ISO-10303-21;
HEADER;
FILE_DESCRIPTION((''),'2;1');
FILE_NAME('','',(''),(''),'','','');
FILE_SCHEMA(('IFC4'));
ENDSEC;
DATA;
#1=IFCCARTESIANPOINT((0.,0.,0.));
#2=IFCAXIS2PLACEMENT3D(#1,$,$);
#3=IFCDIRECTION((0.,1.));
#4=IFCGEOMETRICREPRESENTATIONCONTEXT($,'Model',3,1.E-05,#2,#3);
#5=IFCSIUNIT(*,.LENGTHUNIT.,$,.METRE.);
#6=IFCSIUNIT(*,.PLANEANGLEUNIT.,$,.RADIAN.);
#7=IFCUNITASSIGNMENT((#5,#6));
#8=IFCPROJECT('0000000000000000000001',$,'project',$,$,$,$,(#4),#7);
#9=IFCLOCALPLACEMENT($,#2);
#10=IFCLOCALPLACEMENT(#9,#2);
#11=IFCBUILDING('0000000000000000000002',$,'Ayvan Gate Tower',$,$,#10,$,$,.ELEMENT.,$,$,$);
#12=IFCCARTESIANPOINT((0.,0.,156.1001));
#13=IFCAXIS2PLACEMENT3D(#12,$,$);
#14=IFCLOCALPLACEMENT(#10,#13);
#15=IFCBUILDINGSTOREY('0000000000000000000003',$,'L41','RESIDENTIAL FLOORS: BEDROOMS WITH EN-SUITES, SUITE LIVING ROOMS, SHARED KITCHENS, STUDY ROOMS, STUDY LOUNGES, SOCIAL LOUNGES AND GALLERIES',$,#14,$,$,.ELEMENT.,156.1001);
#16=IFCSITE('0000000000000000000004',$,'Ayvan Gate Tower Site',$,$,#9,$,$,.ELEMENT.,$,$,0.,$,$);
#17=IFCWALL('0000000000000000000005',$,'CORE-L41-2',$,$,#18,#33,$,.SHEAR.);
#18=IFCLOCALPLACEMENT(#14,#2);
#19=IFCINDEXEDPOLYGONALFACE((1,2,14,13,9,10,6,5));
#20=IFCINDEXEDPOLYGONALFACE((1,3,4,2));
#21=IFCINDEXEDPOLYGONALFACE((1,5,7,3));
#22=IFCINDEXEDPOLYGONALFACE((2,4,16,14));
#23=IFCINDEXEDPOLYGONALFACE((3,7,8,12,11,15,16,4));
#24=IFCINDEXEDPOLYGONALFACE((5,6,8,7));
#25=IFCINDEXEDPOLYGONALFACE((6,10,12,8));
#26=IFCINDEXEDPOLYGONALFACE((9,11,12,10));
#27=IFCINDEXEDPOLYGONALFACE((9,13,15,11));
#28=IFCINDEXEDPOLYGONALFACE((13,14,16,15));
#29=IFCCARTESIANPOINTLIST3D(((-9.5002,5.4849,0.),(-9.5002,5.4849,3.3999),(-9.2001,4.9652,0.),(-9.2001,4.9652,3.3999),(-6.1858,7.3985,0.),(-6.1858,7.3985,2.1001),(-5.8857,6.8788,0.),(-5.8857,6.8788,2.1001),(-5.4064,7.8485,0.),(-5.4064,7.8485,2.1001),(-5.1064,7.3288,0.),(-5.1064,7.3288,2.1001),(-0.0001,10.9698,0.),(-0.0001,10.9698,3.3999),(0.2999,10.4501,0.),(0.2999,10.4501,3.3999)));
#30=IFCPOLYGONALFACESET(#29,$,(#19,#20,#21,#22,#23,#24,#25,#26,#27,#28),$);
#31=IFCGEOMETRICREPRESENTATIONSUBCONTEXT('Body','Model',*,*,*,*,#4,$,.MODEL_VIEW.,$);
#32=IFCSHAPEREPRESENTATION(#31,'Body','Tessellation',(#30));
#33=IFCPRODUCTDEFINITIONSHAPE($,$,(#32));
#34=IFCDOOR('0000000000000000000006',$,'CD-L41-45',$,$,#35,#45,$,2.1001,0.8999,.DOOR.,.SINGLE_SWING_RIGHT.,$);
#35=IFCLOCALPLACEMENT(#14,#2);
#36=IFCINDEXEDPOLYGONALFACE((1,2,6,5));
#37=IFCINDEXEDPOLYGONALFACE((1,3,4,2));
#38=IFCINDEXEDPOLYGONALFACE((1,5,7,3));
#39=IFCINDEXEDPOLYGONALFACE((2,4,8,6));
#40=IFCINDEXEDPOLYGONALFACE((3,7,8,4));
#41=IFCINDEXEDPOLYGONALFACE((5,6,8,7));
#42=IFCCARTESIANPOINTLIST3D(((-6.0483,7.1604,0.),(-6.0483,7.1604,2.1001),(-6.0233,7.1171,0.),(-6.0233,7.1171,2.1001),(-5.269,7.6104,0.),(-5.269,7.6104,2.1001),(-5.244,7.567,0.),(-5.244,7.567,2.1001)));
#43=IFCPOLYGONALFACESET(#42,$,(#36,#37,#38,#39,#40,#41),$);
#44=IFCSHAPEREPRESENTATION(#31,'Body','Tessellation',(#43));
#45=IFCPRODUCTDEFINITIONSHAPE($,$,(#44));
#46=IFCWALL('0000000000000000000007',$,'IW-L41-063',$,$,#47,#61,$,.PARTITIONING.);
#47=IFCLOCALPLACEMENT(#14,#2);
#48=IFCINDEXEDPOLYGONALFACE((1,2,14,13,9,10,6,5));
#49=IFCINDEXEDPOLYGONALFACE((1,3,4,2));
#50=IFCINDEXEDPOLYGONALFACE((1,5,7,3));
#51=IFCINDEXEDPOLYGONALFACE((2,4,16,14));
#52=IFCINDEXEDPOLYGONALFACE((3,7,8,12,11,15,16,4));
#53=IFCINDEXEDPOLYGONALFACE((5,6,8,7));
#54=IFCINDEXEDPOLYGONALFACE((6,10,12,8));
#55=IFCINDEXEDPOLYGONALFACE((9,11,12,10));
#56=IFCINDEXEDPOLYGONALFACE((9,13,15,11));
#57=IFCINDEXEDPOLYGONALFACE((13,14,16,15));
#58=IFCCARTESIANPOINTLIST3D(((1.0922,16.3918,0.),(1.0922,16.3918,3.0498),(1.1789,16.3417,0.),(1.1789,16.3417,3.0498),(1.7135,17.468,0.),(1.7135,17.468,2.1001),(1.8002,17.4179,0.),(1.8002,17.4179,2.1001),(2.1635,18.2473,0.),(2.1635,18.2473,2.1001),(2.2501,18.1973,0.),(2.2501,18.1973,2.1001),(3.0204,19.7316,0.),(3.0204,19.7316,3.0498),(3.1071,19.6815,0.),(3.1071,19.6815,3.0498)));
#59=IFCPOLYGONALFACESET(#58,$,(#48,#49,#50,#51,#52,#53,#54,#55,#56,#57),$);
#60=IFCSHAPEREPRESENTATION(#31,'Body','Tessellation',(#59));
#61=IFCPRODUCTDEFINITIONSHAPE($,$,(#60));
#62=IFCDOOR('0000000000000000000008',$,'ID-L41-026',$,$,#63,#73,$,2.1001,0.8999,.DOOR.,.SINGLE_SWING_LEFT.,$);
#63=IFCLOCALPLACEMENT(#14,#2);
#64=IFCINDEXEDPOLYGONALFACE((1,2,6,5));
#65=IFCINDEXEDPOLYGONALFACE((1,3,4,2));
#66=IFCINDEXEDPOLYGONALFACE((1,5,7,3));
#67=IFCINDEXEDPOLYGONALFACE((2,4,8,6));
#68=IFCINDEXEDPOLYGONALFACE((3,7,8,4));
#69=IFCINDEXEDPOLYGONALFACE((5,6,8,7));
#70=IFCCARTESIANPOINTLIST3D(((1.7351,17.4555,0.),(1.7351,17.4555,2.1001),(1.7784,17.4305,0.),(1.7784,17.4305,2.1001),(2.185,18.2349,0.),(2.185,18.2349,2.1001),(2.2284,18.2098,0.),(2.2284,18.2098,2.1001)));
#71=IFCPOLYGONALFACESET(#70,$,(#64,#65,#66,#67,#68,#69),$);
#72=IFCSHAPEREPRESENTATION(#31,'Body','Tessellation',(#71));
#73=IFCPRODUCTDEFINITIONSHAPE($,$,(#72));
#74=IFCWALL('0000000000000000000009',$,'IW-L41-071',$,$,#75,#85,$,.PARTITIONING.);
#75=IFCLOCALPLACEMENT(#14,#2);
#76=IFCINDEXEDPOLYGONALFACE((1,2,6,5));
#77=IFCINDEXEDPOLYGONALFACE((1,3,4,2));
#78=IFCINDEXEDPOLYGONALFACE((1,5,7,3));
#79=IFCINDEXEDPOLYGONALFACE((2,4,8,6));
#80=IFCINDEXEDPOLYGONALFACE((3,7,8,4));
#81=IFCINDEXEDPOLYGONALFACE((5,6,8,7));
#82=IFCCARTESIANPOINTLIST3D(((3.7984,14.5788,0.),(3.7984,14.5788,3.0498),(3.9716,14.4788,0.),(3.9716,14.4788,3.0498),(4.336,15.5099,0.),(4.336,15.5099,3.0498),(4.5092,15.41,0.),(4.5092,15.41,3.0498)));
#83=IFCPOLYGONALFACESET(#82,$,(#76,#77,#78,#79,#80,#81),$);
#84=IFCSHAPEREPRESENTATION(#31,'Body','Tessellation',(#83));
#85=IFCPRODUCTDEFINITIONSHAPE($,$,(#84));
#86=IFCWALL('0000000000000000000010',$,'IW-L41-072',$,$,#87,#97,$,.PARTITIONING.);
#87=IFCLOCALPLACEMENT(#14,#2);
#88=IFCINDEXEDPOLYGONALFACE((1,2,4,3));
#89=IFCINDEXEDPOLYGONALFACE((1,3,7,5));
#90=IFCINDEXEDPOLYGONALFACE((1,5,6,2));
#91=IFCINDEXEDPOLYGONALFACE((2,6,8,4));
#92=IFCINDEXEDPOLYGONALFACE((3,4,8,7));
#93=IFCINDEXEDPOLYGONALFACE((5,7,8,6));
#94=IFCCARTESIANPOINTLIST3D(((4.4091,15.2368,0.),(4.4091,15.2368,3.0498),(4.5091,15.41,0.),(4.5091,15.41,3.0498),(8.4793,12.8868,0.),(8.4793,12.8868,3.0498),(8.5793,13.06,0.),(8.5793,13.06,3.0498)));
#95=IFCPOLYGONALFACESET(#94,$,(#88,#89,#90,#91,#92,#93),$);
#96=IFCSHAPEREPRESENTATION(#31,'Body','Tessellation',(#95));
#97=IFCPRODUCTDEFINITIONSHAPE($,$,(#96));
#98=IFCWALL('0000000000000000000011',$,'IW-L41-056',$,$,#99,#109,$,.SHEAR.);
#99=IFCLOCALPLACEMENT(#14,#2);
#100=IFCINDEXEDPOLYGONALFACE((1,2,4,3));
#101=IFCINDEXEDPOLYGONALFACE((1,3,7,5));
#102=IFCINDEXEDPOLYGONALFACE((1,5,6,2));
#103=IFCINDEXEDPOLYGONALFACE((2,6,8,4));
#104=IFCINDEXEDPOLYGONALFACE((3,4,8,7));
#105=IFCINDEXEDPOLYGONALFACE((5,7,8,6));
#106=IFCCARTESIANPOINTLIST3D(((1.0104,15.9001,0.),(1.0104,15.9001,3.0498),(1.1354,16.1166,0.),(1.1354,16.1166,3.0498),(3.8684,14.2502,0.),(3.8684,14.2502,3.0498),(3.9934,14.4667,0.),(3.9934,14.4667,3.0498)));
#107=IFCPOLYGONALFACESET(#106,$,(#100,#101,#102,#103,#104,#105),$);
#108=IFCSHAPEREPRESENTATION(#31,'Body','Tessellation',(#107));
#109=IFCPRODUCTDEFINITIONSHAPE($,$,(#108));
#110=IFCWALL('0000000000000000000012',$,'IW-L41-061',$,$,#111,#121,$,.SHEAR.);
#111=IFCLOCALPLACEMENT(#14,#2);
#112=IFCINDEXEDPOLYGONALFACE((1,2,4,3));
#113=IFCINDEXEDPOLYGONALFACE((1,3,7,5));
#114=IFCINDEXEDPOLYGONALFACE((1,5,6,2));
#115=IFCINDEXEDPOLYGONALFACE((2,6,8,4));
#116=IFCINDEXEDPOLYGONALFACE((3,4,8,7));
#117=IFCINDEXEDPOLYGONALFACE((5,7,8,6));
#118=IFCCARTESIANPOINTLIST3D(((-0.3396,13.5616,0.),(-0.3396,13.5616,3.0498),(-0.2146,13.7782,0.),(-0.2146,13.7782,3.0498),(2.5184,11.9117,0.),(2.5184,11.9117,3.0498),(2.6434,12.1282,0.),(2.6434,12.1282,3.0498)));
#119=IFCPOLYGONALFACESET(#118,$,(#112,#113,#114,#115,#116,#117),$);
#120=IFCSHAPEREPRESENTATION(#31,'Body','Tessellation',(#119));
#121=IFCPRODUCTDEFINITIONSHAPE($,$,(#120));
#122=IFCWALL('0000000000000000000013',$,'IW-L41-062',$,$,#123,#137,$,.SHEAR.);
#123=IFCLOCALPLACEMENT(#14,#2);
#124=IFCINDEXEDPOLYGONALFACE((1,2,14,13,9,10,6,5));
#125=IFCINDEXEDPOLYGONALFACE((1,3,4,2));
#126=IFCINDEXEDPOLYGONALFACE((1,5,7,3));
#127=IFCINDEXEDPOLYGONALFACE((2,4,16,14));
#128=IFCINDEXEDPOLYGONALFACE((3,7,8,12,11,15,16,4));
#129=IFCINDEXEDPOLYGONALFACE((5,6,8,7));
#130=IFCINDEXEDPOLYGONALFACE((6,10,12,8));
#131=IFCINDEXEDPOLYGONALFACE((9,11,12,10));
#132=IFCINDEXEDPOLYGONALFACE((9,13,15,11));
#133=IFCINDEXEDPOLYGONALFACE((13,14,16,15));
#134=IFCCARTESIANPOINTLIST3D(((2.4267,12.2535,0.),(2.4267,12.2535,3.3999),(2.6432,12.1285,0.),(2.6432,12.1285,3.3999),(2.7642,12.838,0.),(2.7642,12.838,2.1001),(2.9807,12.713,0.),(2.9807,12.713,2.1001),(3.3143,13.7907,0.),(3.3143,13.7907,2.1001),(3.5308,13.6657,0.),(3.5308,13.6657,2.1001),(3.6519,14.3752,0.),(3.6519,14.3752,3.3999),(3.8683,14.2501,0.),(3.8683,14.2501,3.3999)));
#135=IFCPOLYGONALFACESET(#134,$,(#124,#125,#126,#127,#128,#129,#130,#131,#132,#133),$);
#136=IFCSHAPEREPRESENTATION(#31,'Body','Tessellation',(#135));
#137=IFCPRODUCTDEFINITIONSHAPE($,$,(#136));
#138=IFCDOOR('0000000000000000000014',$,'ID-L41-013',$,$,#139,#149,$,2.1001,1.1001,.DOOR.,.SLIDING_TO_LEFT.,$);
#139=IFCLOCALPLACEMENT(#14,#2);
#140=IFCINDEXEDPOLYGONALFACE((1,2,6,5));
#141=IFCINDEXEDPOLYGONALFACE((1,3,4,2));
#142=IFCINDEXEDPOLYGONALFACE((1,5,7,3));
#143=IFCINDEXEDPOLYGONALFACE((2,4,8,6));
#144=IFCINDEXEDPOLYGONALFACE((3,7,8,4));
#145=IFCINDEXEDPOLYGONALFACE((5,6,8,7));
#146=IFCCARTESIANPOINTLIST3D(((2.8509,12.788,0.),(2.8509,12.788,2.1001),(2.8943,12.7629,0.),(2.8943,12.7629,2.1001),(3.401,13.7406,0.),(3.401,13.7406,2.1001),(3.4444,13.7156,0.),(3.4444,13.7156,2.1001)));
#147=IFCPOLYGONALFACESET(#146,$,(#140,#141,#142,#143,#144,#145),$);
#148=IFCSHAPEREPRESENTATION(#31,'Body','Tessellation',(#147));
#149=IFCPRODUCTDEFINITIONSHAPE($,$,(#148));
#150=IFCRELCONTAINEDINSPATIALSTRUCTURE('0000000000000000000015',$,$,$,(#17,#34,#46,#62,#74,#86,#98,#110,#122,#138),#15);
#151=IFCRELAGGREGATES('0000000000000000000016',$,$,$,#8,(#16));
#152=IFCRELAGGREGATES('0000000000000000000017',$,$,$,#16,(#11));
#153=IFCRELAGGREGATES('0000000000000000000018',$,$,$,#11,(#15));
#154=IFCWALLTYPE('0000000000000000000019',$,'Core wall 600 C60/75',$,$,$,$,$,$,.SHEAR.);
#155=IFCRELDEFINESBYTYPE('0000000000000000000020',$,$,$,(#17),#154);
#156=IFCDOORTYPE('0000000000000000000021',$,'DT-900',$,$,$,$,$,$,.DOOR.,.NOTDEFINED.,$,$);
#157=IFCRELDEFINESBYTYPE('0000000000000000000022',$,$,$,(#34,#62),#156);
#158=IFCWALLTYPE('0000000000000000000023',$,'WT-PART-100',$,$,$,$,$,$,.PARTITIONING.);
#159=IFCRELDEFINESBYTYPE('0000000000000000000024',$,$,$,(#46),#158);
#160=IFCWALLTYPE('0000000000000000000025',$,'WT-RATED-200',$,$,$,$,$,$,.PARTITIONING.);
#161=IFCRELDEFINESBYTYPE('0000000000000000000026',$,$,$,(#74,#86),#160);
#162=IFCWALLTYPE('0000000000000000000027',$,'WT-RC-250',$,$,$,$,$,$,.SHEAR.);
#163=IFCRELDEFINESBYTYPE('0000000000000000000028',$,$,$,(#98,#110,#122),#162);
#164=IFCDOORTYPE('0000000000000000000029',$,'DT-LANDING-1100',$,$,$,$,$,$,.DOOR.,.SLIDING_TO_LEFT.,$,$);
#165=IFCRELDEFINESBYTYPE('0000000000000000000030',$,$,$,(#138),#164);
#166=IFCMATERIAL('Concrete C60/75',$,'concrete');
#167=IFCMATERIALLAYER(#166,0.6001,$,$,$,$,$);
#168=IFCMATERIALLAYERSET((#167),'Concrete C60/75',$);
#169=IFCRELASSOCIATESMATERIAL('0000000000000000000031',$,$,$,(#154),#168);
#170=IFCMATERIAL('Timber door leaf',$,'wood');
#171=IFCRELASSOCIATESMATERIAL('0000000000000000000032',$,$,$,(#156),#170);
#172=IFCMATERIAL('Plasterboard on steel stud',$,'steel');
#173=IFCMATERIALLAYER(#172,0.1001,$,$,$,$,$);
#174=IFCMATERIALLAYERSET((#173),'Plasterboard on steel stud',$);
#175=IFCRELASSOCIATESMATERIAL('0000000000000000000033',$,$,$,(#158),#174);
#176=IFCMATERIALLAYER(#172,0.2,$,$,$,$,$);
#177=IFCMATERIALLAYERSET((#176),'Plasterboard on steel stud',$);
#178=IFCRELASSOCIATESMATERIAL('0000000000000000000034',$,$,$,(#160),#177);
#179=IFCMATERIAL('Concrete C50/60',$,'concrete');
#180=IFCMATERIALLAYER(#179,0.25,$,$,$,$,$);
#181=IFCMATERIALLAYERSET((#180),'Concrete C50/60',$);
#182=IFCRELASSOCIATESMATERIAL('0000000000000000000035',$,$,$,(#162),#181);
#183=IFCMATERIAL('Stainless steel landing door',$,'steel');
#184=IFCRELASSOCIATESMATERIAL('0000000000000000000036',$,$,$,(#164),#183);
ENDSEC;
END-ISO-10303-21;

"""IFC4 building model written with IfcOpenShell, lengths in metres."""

from ifc_helpers import new_model, si_unit, direction, frame, frame_2d, origin, place, context, subcontext, project, spatial, rectangle, extrude, material, layer, layer_set, type_object, element, fill, save


model = new_model("IFC4")

# Units and contexts
model_context = context("Model", 3, precision=1e-05, world=origin(), true_north=direction((0.0, 1.0)))
body_context = subcontext(model_context, "Body", "Model", "MODEL_VIEW")
ifc_project = project(units=[si_unit("LENGTHUNIT", "METRE"), si_unit("PLANEANGLEUNIT", "RADIAN")], contexts=[model_context])

# Site, building, storey
site_placement = place(None, origin())
site = spatial("IfcSite", under=ifc_project, at=site_placement, Name="Ayvan Gate Tower Site", CompositionType="ELEMENT", RefElevation=0.0)
building_placement = place(site_placement, origin())
building = spatial("IfcBuilding", under=site, at=building_placement, Name="Ayvan Gate Tower", CompositionType="ELEMENT")
storey_placement = place(building_placement, frame((0.0, 0.0, 156.1001)))
storey = spatial("IfcBuildingStorey", under=building, at=storey_placement, Name="L41", Description="RESIDENTIAL FLOORS: BEDROOMS WITH EN-SUITES, SUITE LIVING ROOMS, SHARED KITCHENS, STUDY ROOMS, STUDY LOUNGES, SOCIAL LOUNGES AND GALLERIES", CompositionType="ELEMENT", Elevation=156.1001)

# Walls, openings, doors
ifc_material_1 = material(Name="Concrete C60/75", Category="concrete")
ifc_layer_1 = layer(ifc_material_1, 0.6001)
ifc_layer_set_1 = layer_set([ifc_layer_1], Name="Concrete C60/75")
wall_type_1 = type_object("IfcWallType", Name="Core wall 600 C60/75", PredefinedType="SHEAR", material=ifc_layer_set_1)
wall_1_placement = place(storey_placement, frame((0.1499, 10.71, 0.0), z_axis=(0.0, 0.0, 1.0), x_axis=(-0.866024, -0.500002, 0.0)))
wall_1 = element("IfcWall", 1, at=wall_1_placement, inside=storey, type_object=wall_type_1, Name="CORE-L41-2", PredefinedType="SHEAR", context=body_context, shape_type="SweptSolid", body=[
    extrude(rectangle(XDim=10.9697, YDim=0.6001, at=frame_2d((5.4849, 0.0))), origin(), (0.0, 0.0, 1.0), 3.3999),
])
opening_1_placement = place(wall_1_placement, frame((6.2427, 0.0, 0.0)))
opening_1 = element("IfcOpeningElement", 2, at=opening_1_placement, cuts=wall_1, PredefinedType="OPENING", context=body_context, shape_type="SweptSolid", body=[
    extrude(rectangle(XDim=0.8999, YDim=2.1001, at=frame_2d((0.45, 1.05))), frame((0.0, 0.3101, 0.0), z_axis=(0.0, -1.0, 0.0), x_axis=(1.0, 0.0, 0.0)), (0.0, 0.0, 1.0), 0.6201),
])
ifc_material_2 = material(Name="Timber door leaf", Category="wood")
door_type_1 = type_object("IfcDoorType", Name="DT-900", OperationType="NOTDEFINED", PredefinedType="DOOR", material=ifc_material_2)
door_1_placement = place(opening_1_placement, origin())
door_1 = element("IfcDoor", 3, at=door_1_placement, inside=storey, type_object=door_type_1, Name="CD-L41-45", OperationType="SINGLE_SWING_RIGHT", OverallHeight=2.1001, OverallWidth=0.8999, PredefinedType="DOOR", context=body_context, shape_type="SweptSolid", body=[
    extrude(rectangle(XDim=0.8999, YDim=2.1001, at=frame_2d((0.45, 1.05))), frame((0.0, 0.0249, 0.0), z_axis=(0.0, -1.0, 0.0), x_axis=(1.0, 0.0, 0.0)), (0.0, 0.0, 1.0), 0.05),
])
fill(opening_1, door_1)
ifc_material_3 = material(Name="Plasterboard on steel stud", Category="steel")
ifc_layer_2 = layer(ifc_material_3, 0.1001)
ifc_layer_set_2 = layer_set([ifc_layer_2], Name="Plasterboard on steel stud")
wall_type_2 = type_object("IfcWallType", Name="WT-PART-100", PredefinedType="PARTITIONING", material=ifc_layer_set_2)
wall_2_placement = place(storey_placement, frame((3.0637, 19.7065, 0.0), z_axis=(0.0, 0.0, 1.0), x_axis=(-0.499993, -0.86603, 0.0)))
wall_2 = element("IfcWall", 4, at=wall_2_placement, inside=storey, type_object=wall_type_2, Name="IW-L41-063", PredefinedType="PARTITIONING", context=body_context, shape_type="SweptSolid", body=[
    extrude(rectangle(XDim=3.8564, YDim=0.1001, at=frame_2d((1.9282, 0.0))), origin(), (0.0, 0.0, 1.0), 3.0498),
])
opening_2_placement = place(wall_2_placement, frame((1.7139, 0.0, 0.0)))
opening_2 = element("IfcOpeningElement", 5, at=opening_2_placement, cuts=wall_2, PredefinedType="OPENING", context=body_context, shape_type="SweptSolid", body=[
    extrude(rectangle(XDim=0.8999, YDim=2.1001, at=frame_2d((0.45, 1.05))), frame((0.0, 0.0601, 0.0), z_axis=(0.0, -1.0, 0.0), x_axis=(1.0, 0.0, 0.0)), (0.0, 0.0, 1.0), 0.1201),
])
door_2_placement = place(opening_2_placement, origin())
door_2 = element("IfcDoor", 6, at=door_2_placement, inside=storey, type_object=door_type_1, Name="ID-L41-026", OperationType="SINGLE_SWING_LEFT", OverallHeight=2.1001, OverallWidth=0.8999, PredefinedType="DOOR", context=body_context, shape_type="SweptSolid", body=[
    extrude(rectangle(XDim=0.8999, YDim=2.1001, at=frame_2d((0.45, 1.05))), frame((0.0, 0.0249, 0.0), z_axis=(0.0, -1.0, 0.0), x_axis=(1.0, 0.0, 0.0)), (0.0, 0.0, 1.0), 0.05),
])
fill(opening_2, door_2)

# Walls
ifc_layer_3 = layer(ifc_material_3, 0.2)
ifc_layer_set_3 = layer_set([ifc_layer_3], Name="Plasterboard on steel stud")
wall_type_3 = type_object("IfcWallType", Name="WT-RATED-200", PredefinedType="PARTITIONING", material=ifc_layer_set_3)
wall_3_placement = place(storey_placement, frame((3.885, 14.5288, 0.0), z_axis=(0.0, 0.0, 1.0), x_axis=(0.499998, 0.866027, 0.0)))
element("IfcWall", 7, at=wall_3_placement, inside=storey, type_object=wall_type_3, Name="IW-L41-071", PredefinedType="PARTITIONING", context=body_context, shape_type="SweptSolid", body=[
    extrude(rectangle(XDim=1.0752, YDim=0.2, at=frame_2d((0.5376, 0.0))), origin(), (0.0, 0.0, 1.0), 3.0498),
])
wall_4_placement = place(storey_placement, frame((4.459, 15.3235, 0.0), z_axis=(0.0, 0.0, 1.0), x_axis=(0.866016, -0.500016, 0.0)))
element("IfcWall", 8, at=wall_4_placement, inside=storey, type_object=wall_type_3, Name="IW-L41-072", PredefinedType="PARTITIONING", context=body_context, shape_type="SweptSolid", body=[
    extrude(rectangle(XDim=4.7, YDim=0.2, at=frame_2d((2.3501, 0.0))), origin(), (0.0, 0.0, 1.0), 3.0498),
])
ifc_material_4 = material(Name="Concrete C50/60", Category="concrete")
ifc_layer_4 = layer(ifc_material_4, 0.25)
ifc_layer_set_4 = layer_set([ifc_layer_4], Name="Concrete C50/60")
wall_type_4 = type_object("IfcWallType", Name="WT-RC-250", PredefinedType="SHEAR", material=ifc_layer_set_4)
for number, where, z_axis, x_axis, name in (
    (9, (1.073, 16.0083, 0.0), (0.0, 0.0, 1.0), (0.86604, -0.499974, 0.0), "IW-L41-056"),
    (10, (2.5808, 12.02, 0.0), (0.0, 0.0, 1.0), (-0.86604, 0.499974, 0.0), "IW-L41-061"),
):
    element("IfcWall", number, at=place(storey_placement, frame(where, z_axis=z_axis, x_axis=x_axis)), inside=storey, type_object=wall_type_4, Name=name, PredefinedType="SHEAR", context=body_context, shape_type="SweptSolid", body=[
        extrude(rectangle(XDim=3.3, YDim=0.25, at=frame_2d((1.6499, 0.0))), origin(), (0.0, 0.0, 1.0), 3.0498),
    ])

# Wall, opening, door
wall_5_placement = place(storey_placement, frame((2.5349, 12.1909, 0.0), z_axis=(0.0, 0.0, 1.0), x_axis=(0.500062, 0.86599, 0.0)))
wall_5 = element("IfcWall", 11, at=wall_5_placement, inside=storey, type_object=wall_type_4, Name="IW-L41-062", PredefinedType="SHEAR", context=body_context, shape_type="SweptSolid", body=[
    extrude(rectangle(XDim=2.45, YDim=0.25, at=frame_2d((1.2251, 0.0))), origin(), (0.0, 0.0, 1.0), 3.3999),
])
opening_3_placement = place(wall_5_placement, frame((0.675, 0.0, 0.0)))
opening_3 = element("IfcOpeningElement", 12, at=opening_3_placement, cuts=wall_5, PredefinedType="OPENING", context=body_context, shape_type="SweptSolid", body=[
    extrude(rectangle(XDim=1.1001, YDim=2.1001, at=frame_2d((0.55, 1.05))), frame((0.0, 0.135, 0.0), z_axis=(0.0, -1.0, 0.0), x_axis=(1.0, 0.0, 0.0)), (0.0, 0.0, 1.0), 0.27),
])
ifc_material_5 = material(Name="Stainless steel landing door", Category="steel")
door_type_2 = type_object("IfcDoorType", Name="DT-LANDING-1100", OperationType="SLIDING_TO_LEFT", PredefinedType="DOOR", material=ifc_material_5)
door_3_placement = place(opening_3_placement, origin())
door_3 = element("IfcDoor", 13, at=door_3_placement, inside=storey, type_object=door_type_2, Name="ID-L41-013", OperationType="SLIDING_TO_LEFT", OverallHeight=2.1001, OverallWidth=1.1001, PredefinedType="DOOR", context=body_context, shape_type="SweptSolid", body=[
    extrude(rectangle(XDim=1.1001, YDim=2.1001, at=frame_2d((0.55, 1.05))), frame((0.0, 0.0249, 0.0), z_axis=(0.0, -1.0, 0.0), x_axis=(1.0, 0.0, 0.0)), (0.0, 0.0, 1.0), 0.05),
])
fill(opening_3, door_3)

save(model, "model.ifc")
